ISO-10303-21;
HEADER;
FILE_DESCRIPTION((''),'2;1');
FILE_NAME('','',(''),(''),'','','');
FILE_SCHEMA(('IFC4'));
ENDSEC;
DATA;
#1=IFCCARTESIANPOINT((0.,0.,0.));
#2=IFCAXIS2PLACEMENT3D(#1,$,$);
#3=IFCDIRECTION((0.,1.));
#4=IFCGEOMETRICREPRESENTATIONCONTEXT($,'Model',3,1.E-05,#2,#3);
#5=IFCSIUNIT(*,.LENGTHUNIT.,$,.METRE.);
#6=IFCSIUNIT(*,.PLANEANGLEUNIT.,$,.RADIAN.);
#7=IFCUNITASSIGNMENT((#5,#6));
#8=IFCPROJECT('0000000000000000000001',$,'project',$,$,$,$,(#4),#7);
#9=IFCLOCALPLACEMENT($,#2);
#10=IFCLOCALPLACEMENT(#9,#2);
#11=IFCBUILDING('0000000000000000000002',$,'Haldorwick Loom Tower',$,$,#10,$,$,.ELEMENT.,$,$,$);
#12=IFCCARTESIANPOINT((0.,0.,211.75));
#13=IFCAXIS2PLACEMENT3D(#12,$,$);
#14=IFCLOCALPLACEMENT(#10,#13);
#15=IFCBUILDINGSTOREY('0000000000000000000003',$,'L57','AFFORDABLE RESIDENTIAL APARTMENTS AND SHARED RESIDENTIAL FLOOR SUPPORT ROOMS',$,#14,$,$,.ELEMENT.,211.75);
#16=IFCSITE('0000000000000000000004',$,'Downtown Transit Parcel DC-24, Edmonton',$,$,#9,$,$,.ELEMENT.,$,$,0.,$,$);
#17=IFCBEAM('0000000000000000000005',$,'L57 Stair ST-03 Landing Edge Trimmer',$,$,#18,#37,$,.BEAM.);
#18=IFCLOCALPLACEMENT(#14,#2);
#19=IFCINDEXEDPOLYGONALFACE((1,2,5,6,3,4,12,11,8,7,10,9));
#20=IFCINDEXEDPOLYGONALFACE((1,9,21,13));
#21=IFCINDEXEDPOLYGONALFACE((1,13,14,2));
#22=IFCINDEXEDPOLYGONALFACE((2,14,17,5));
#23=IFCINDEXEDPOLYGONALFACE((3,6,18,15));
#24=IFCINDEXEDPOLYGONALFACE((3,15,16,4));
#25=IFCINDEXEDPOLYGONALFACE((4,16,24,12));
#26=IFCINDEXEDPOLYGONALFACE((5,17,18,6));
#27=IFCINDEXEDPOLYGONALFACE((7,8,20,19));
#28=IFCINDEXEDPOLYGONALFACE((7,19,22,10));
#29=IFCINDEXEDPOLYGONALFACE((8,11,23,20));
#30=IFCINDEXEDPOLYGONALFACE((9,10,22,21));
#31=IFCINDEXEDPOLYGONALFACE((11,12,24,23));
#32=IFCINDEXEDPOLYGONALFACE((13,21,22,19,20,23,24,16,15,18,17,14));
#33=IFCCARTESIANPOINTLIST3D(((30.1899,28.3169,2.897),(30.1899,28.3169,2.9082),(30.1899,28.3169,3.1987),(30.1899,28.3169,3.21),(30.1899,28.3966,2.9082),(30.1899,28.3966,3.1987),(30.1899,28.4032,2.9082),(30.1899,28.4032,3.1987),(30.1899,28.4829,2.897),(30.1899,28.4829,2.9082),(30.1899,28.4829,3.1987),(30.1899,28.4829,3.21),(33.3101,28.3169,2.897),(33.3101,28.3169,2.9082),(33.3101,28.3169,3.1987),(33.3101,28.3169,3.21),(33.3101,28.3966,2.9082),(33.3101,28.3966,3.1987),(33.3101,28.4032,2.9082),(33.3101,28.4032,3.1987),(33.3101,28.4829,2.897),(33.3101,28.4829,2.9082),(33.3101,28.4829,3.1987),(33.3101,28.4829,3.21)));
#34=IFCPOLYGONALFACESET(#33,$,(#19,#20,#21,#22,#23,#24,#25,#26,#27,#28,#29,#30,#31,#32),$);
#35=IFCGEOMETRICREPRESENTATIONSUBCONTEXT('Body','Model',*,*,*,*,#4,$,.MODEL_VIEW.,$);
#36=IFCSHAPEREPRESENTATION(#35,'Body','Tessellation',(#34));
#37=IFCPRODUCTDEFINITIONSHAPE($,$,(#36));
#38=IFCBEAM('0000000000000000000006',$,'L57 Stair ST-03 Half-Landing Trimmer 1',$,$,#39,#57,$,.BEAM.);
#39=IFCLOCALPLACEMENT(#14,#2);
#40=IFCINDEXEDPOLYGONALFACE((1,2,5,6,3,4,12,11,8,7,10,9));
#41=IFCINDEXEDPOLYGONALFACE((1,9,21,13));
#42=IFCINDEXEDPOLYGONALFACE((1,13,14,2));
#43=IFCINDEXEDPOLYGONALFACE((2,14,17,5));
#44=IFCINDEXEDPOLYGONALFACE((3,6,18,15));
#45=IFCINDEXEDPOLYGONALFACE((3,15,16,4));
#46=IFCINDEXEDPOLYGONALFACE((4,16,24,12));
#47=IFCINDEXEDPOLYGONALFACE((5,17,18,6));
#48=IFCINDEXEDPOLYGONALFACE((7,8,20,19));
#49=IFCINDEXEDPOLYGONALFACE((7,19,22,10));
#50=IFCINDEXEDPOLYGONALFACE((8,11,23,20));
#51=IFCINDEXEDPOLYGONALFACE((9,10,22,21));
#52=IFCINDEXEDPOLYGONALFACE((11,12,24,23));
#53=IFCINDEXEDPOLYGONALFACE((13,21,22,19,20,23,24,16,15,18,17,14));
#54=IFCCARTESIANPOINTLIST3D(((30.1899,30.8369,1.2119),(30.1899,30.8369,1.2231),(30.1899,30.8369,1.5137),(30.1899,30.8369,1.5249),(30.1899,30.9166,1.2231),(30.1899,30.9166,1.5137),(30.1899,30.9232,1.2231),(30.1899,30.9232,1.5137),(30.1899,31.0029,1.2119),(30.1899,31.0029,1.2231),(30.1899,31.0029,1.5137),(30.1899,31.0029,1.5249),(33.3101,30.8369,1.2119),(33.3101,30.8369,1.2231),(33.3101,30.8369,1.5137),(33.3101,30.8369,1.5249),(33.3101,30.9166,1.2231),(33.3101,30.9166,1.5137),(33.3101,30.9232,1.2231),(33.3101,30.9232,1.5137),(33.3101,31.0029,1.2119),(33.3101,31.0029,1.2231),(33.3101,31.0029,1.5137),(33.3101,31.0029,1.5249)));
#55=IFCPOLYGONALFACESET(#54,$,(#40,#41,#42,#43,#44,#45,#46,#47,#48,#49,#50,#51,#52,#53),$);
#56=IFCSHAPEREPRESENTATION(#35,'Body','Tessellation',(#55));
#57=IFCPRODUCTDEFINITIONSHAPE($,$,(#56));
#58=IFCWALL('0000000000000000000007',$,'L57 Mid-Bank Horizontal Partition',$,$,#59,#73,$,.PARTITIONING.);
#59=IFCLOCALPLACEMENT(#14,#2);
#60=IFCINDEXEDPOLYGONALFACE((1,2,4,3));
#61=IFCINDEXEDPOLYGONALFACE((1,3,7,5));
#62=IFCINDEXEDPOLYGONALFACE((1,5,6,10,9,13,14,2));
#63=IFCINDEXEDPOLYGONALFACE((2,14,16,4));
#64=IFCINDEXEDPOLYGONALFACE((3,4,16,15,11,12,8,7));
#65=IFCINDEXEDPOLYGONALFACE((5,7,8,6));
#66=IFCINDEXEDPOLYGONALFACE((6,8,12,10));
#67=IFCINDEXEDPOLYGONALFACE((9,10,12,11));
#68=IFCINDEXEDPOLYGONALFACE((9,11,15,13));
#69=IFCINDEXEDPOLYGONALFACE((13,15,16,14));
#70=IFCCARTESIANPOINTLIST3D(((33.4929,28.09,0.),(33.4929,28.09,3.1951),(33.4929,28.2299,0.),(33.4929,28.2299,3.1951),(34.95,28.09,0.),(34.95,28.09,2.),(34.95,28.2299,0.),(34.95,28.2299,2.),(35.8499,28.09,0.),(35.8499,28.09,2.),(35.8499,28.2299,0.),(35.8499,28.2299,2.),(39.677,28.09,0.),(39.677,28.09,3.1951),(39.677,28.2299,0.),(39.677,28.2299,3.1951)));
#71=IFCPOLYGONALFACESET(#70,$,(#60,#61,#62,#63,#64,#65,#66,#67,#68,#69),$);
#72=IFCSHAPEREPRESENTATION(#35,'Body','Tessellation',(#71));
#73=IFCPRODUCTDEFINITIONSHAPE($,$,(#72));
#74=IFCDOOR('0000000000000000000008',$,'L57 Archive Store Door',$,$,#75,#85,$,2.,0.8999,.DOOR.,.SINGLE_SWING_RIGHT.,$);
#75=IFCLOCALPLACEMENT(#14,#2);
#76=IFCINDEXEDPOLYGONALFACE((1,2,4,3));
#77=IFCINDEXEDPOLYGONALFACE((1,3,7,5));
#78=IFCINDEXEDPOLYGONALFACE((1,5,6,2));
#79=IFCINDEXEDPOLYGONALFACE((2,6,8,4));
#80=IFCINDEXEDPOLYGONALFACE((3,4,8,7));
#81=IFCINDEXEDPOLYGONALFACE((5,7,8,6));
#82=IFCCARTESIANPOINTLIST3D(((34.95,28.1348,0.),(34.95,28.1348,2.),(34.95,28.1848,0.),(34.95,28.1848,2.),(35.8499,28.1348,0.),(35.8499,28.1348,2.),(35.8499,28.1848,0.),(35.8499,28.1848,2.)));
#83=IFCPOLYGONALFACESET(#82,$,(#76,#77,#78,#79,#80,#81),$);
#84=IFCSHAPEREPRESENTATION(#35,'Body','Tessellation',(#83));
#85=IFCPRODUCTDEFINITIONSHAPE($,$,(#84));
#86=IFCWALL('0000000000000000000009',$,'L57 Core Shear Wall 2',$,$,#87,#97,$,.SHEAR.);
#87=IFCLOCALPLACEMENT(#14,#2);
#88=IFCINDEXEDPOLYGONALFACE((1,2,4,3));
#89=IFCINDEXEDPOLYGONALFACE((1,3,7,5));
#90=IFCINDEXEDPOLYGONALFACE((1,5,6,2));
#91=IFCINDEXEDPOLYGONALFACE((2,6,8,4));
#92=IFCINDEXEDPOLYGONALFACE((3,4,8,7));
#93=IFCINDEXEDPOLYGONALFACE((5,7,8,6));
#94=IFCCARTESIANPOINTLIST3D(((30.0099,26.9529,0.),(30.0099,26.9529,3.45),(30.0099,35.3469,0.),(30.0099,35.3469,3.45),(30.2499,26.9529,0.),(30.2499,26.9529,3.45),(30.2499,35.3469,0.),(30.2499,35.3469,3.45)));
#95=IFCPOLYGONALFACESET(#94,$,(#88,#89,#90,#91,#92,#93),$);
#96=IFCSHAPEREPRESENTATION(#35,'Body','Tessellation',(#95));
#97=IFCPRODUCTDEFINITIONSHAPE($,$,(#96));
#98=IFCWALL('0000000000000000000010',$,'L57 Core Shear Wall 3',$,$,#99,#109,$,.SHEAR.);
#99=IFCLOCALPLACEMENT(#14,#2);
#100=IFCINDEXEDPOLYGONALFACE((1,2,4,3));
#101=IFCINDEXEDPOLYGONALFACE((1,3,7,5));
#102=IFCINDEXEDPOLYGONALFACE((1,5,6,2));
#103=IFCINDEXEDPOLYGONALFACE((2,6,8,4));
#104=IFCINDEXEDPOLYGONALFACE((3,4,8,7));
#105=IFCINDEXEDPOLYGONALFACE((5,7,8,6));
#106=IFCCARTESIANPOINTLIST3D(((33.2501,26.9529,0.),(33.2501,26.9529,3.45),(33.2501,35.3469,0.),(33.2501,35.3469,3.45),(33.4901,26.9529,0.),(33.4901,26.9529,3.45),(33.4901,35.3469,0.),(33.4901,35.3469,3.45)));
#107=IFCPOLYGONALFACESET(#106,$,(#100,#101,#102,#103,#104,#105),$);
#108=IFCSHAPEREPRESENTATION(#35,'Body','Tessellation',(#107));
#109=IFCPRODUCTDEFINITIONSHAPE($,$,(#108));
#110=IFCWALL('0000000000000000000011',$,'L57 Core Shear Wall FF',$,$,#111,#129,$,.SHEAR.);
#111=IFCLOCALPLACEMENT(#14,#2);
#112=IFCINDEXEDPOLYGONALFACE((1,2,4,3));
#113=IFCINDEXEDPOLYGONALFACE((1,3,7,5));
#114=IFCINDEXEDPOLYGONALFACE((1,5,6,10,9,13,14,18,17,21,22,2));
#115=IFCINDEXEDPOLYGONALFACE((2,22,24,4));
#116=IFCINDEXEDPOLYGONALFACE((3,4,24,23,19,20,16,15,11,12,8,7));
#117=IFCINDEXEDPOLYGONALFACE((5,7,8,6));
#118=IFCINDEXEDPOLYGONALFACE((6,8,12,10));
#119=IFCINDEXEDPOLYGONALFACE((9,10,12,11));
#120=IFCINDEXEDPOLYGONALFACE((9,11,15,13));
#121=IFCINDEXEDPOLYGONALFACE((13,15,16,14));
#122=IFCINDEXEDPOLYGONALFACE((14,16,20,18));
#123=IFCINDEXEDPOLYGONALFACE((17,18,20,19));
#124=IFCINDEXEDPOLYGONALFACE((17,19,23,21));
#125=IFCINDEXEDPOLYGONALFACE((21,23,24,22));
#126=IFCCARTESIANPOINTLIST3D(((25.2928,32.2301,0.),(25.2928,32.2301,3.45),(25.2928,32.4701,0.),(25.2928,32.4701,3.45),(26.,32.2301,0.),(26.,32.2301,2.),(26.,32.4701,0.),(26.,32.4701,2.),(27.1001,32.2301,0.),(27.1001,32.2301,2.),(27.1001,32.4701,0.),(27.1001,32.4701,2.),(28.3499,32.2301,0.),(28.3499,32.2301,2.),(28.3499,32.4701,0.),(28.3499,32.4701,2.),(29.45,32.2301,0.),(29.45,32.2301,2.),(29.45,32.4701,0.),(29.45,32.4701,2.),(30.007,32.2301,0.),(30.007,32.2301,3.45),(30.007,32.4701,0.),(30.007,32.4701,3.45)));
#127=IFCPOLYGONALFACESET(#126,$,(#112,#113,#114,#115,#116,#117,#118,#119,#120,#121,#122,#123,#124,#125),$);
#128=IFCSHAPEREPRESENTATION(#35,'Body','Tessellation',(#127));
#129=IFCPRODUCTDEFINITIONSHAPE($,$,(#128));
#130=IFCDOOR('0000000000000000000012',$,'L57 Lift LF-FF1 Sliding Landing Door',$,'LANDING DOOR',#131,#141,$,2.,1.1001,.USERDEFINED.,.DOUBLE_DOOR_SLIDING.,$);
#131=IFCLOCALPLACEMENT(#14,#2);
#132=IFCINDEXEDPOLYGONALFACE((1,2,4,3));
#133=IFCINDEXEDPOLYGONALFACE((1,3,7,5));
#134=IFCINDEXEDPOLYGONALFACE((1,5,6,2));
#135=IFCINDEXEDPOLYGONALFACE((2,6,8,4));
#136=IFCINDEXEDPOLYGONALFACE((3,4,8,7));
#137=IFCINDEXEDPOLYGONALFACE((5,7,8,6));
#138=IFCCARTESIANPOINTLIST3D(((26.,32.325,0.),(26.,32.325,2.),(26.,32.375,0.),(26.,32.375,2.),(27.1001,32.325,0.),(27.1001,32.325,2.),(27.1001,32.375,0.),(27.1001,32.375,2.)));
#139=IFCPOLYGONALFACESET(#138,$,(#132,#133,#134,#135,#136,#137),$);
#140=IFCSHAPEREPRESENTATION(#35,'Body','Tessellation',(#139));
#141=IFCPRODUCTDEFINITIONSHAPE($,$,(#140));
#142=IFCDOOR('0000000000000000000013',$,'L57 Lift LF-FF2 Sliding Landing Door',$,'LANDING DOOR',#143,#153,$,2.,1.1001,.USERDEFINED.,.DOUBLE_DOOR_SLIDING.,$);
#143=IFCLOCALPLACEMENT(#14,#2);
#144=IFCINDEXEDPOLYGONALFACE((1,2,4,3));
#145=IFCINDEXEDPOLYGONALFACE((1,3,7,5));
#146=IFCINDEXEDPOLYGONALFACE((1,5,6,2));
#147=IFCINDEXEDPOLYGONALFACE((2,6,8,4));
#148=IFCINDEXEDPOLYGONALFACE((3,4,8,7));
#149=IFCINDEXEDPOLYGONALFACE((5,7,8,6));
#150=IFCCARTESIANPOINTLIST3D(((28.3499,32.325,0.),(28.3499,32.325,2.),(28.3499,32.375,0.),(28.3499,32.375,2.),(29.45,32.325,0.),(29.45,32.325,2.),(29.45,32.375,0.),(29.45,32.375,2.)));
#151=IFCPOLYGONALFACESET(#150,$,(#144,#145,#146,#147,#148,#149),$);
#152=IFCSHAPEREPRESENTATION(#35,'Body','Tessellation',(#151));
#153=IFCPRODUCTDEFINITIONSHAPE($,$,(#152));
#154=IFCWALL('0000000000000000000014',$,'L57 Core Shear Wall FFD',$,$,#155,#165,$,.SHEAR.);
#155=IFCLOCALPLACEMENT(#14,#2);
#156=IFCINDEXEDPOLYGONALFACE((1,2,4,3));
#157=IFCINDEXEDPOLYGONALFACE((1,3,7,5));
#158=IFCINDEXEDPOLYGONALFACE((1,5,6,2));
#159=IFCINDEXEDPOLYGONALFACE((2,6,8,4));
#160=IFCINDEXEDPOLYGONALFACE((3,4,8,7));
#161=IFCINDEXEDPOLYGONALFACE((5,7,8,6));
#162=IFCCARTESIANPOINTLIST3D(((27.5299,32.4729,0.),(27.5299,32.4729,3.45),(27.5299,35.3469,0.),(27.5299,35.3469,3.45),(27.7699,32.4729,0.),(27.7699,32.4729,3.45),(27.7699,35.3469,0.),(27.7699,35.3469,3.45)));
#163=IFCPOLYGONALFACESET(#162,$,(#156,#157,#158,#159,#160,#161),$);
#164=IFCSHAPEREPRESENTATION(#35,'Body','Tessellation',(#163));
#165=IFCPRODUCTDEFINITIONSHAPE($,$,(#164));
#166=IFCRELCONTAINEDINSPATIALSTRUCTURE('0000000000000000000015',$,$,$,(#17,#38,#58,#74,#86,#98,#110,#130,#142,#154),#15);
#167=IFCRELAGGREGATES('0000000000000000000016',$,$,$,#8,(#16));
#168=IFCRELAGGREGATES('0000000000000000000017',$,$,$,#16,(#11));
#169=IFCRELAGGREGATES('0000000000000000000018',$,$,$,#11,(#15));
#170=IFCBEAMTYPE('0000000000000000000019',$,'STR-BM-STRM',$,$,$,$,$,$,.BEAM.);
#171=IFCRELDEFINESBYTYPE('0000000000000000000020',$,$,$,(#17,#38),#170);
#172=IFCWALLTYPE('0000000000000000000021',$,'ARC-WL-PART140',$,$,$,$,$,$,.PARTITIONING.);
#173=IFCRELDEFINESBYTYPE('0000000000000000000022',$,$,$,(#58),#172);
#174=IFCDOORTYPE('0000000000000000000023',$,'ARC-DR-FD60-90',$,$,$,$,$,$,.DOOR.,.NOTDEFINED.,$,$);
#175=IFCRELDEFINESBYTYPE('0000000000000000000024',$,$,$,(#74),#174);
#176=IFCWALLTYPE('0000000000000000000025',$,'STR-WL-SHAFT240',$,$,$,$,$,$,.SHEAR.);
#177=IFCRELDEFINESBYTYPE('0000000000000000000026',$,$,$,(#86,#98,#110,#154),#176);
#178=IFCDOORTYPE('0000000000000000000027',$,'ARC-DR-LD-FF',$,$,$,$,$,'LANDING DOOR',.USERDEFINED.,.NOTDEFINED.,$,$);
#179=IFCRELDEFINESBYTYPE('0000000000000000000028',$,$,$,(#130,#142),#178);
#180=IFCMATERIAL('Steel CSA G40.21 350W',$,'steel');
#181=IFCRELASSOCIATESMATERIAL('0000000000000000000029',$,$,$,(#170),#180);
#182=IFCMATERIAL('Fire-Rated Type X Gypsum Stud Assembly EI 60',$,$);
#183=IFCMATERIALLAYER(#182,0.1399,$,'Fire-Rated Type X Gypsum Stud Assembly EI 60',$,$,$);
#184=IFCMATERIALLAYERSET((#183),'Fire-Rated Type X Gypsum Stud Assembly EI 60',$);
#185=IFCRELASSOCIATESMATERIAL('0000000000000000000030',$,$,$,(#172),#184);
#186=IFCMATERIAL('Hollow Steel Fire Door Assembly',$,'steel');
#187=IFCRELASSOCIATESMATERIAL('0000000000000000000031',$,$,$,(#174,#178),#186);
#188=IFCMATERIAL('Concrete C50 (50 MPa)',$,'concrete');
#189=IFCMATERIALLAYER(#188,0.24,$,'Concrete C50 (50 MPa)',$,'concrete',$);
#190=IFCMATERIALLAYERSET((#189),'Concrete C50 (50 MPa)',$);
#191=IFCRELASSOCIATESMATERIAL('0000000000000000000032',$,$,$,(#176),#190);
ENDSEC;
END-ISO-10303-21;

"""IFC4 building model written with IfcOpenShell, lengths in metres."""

from ifc_helpers import new_model, si_unit, direction, frame, frame_2d, origin, origin_2d, place, context, subcontext, project, spatial, rectangle, i_section, extrude, material, layer, layer_set, material_profile, profile_set, type_object, element, fill, save


model = new_model("IFC4")

# Units and contexts
model_context = context("Model", 3, precision=1e-05, world=origin(), true_north=direction((0.0, 1.0)))
body_context = subcontext(model_context, "Body", "Model", "MODEL_VIEW")
ifc_project = project(units=[si_unit("LENGTHUNIT", "METRE"), si_unit("PLANEANGLEUNIT", "RADIAN")], contexts=[model_context])

# Site, building, storey
site_placement = place(None, origin())
site = spatial("IfcSite", under=ifc_project, at=site_placement, Name="Downtown Transit Parcel DC-24, Edmonton", CompositionType="ELEMENT", RefElevation=0.0)
building_placement = place(site_placement, origin())
building = spatial("IfcBuilding", under=site, at=building_placement, Name="Haldorwick Loom Tower", CompositionType="ELEMENT")
storey_placement = place(building_placement, frame((0.0, 0.0, 211.75)))
storey = spatial("IfcBuildingStorey", under=building, at=storey_placement, Name="L57", Description="AFFORDABLE RESIDENTIAL APARTMENTS AND SHARED RESIDENTIAL FLOOR SUPPORT ROOMS", CompositionType="ELEMENT", Elevation=211.75)

# Beams
ifc_material_1 = material(Name="Steel CSA G40.21 350W", Category="steel")
ifc_material_profile = material_profile(ifc_material_1, i_section(OverallWidth=0.166, OverallDepth=0.313, WebThickness=0.0066, FlangeThickness=0.0112, at=origin_2d()), Name="W310X45", Category="steel")
ifc_profile_set = profile_set([ifc_material_profile], Name="Steel CSA G40.21 350W")
beam_type = type_object("IfcBeamType", Name="STR-BM-STRM", PredefinedType="BEAM", material=ifc_profile_set)
for number, where, z_axis, x_axis, name in (
    (1, (30.1899, 28.3999, 3.0535), (1.0, 0.0, 0.0), (0.0, 1.0, 0.0), "L57 Stair ST-03 Landing Edge Trimmer"),
    (2, (30.1899, 30.9199, 1.3684), (1.0, 0.0, 0.0), (0.0, 1.0, 0.0), "L57 Stair ST-03 Half-Landing Trimmer 1"),
):
    element("IfcBeam", number, at=place(storey_placement, frame(where, z_axis=z_axis, x_axis=x_axis)), inside=storey, type_object=beam_type, Name=name, PredefinedType="BEAM", context=body_context, shape_type="SweptSolid", body=[
        extrude(i_section(OverallWidth=0.166, OverallDepth=0.313, WebThickness=0.0066, FlangeThickness=0.0112, at=origin_2d()), origin(), (0.0, 0.0, 1.0), 3.1201),
    ])

# Wall, opening, door
ifc_material_2 = material(Name="Fire-Rated Type X Gypsum Stud Assembly EI 60")
ifc_layer_1 = layer(ifc_material_2, 0.1399, Name="Fire-Rated Type X Gypsum Stud Assembly EI 60")
ifc_layer_set_1 = layer_set([ifc_layer_1], Name="Fire-Rated Type X Gypsum Stud Assembly EI 60")
wall_type_1 = type_object("IfcWallType", Name="ARC-WL-PART140", PredefinedType="PARTITIONING", material=ifc_layer_set_1)
wall_1_placement = place(storey_placement, frame((33.4929, 28.1599, 0.0), z_axis=(0.0, 0.0, 1.0), x_axis=(1.0, 0.0, 0.0)))
wall_1 = element("IfcWall", 3, at=wall_1_placement, inside=storey, type_object=wall_type_1, Name="L57 Mid-Bank Horizontal Partition", PredefinedType="PARTITIONING", context=body_context, shape_type="SweptSolid", body=[
    extrude(rectangle(XDim=6.1841, YDim=0.1399, at=frame_2d((3.092, 0.0))), origin(), (0.0, 0.0, 1.0), 3.1951),
])
opening_1_placement = place(wall_1_placement, frame((1.457, 0.0, 0.0)))
opening_1 = element("IfcOpeningElement", 4, at=opening_1_placement, cuts=wall_1, PredefinedType="OPENING", context=body_context, shape_type="SweptSolid", body=[
    extrude(rectangle(XDim=0.8999, YDim=2.0, at=frame_2d((0.45, 1.0))), frame((0.0, 0.0798, 0.0), z_axis=(0.0, -1.0, 0.0), x_axis=(1.0, 0.0, 0.0)), (0.0, 0.0, 1.0), 0.1599),
])
ifc_material_3 = material(Name="Hollow Steel Fire Door Assembly", Category="steel")
door_type_1 = type_object("IfcDoorType", Name="ARC-DR-FD60-90", OperationType="NOTDEFINED", PredefinedType="DOOR", material=ifc_material_3)
door_1_placement = place(opening_1_placement, origin())
door_1 = element("IfcDoor", 5, at=door_1_placement, inside=storey, type_object=door_type_1, Name="L57 Archive Store Door", OperationType="SINGLE_SWING_RIGHT", OverallHeight=2.0, OverallWidth=0.8999, PredefinedType="DOOR", context=body_context, shape_type="SweptSolid", body=[
    extrude(rectangle(XDim=0.8999, YDim=2.0, at=frame_2d((0.45, 1.0))), frame((0.0, 0.0249, 0.0), z_axis=(0.0, -1.0, 0.0), x_axis=(1.0, 0.0, 0.0)), (0.0, 0.0, 1.0), 0.05),
])
fill(opening_1, door_1)

# Walls
ifc_material_4 = material(Name="Concrete C50 (50 MPa)", Category="concrete")
ifc_layer_2 = layer(ifc_material_4, 0.24, Name="Concrete C50 (50 MPa)", Category="concrete")
ifc_layer_set_2 = layer_set([ifc_layer_2], Name="Concrete C50 (50 MPa)")
wall_type_2 = type_object("IfcWallType", Name="STR-WL-SHAFT240", PredefinedType="SHEAR", material=ifc_layer_set_2)
for number, where, z_axis, x_axis, name in (
    (6, (30.1299, 26.9529, 0.0), (0.0, 0.0, 1.0), (0.0, 1.0, 0.0), "L57 Core Shear Wall 2"),
    (7, (33.3701, 26.9529, 0.0), (0.0, 0.0, 1.0), (0.0, 1.0, 0.0), "L57 Core Shear Wall 3"),
):
    element("IfcWall", number, at=place(storey_placement, frame(where, z_axis=z_axis, x_axis=x_axis)), inside=storey, type_object=wall_type_2, Name=name, PredefinedType="SHEAR", context=body_context, shape_type="SweptSolid", body=[
        extrude(rectangle(XDim=8.394, YDim=0.24, at=frame_2d((4.197, 0.0))), origin(), (0.0, 0.0, 1.0), 3.45),
    ])

# Wall, openings, doors
wall_2_placement = place(storey_placement, frame((25.293, 32.3501, 0.0), z_axis=(0.0, 0.0, 1.0), x_axis=(1.0, 0.0, 0.0)))
wall_2 = element("IfcWall", 8, at=wall_2_placement, inside=storey, type_object=wall_type_2, Name="L57 Core Shear Wall FF", PredefinedType="SHEAR", context=body_context, shape_type="SweptSolid", body=[
    extrude(rectangle(XDim=4.7141, YDim=0.24, at=frame_2d((2.3569, 0.0))), origin(), (0.0, 0.0, 1.0), 3.45),
])
opening_2_placement = place(wall_2_placement, frame((0.707, 0.0, 0.0)))
opening_2 = element("IfcOpeningElement", 9, at=opening_2_placement, cuts=wall_2, PredefinedType="OPENING", context=body_context, shape_type="SweptSolid", body=[
    extrude(rectangle(XDim=1.1001, YDim=2.0, at=frame_2d((0.55, 1.0))), frame((0.0, 0.1299, 0.0), z_axis=(0.0, -1.0, 0.0), x_axis=(1.0, 0.0, 0.0)), (0.0, 0.0, 1.0), 0.26),
])
opening_3_placement = place(wall_2_placement, frame((3.0569, 0.0, 0.0)))
opening_3 = element("IfcOpeningElement", 10, at=opening_3_placement, cuts=wall_2, PredefinedType="OPENING", context=body_context, shape_type="SweptSolid", body=[
    extrude(rectangle(XDim=1.1001, YDim=2.0, at=frame_2d((0.55, 1.0))), frame((0.0, 0.1299, 0.0), z_axis=(0.0, -1.0, 0.0), x_axis=(1.0, 0.0, 0.0)), (0.0, 0.0, 1.0), 0.26),
])
door_type_2 = type_object("IfcDoorType", Name="ARC-DR-LD-FF", ElementType="LANDING DOOR", OperationType="NOTDEFINED", PredefinedType="USERDEFINED", material=ifc_material_3)
door_2_placement = place(opening_2_placement, origin())
door_2 = element("IfcDoor", 11, at=door_2_placement, inside=storey, type_object=door_type_2, Name="L57 Lift LF-FF1 Sliding Landing Door", ObjectType="LANDING DOOR", OperationType="DOUBLE_DOOR_SLIDING", OverallHeight=2.0, OverallWidth=1.1001, PredefinedType="USERDEFINED", context=body_context, shape_type="SweptSolid", body=[
    extrude(rectangle(XDim=1.1001, YDim=2.0, at=frame_2d((0.55, 1.0))), frame((0.0, 0.0249, 0.0), z_axis=(0.0, -1.0, 0.0), x_axis=(1.0, 0.0, 0.0)), (0.0, 0.0, 1.0), 0.05),
])
fill(opening_2, door_2)
door_3_placement = place(opening_3_placement, origin())
door_3 = element("IfcDoor", 12, at=door_3_placement, inside=storey, type_object=door_type_2, Name="L57 Lift LF-FF2 Sliding Landing Door", ObjectType="LANDING DOOR", OperationType="DOUBLE_DOOR_SLIDING", OverallHeight=2.0, OverallWidth=1.1001, PredefinedType="USERDEFINED", context=body_context, shape_type="SweptSolid", body=[
    extrude(rectangle(XDim=1.1001, YDim=2.0, at=frame_2d((0.55, 1.0))), frame((0.0, 0.0249, 0.0), z_axis=(0.0, -1.0, 0.0), x_axis=(1.0, 0.0, 0.0)), (0.0, 0.0, 1.0), 0.05),
])
fill(opening_3, door_3)

# Wall
wall_3_placement = place(storey_placement, frame((27.6499, 32.4729, 0.0), z_axis=(0.0, 0.0, 1.0), x_axis=(0.0, 1.0, 0.0)))
element("IfcWall", 13, at=wall_3_placement, inside=storey, type_object=wall_type_2, Name="L57 Core Shear Wall FFD", PredefinedType="SHEAR", context=body_context, shape_type="SweptSolid", body=[
    extrude(rectangle(XDim=2.874, YDim=0.24, at=frame_2d((1.437, 0.0))), origin(), (0.0, 0.0, 1.0), 3.45),
])

save(model, "model.ifc")
